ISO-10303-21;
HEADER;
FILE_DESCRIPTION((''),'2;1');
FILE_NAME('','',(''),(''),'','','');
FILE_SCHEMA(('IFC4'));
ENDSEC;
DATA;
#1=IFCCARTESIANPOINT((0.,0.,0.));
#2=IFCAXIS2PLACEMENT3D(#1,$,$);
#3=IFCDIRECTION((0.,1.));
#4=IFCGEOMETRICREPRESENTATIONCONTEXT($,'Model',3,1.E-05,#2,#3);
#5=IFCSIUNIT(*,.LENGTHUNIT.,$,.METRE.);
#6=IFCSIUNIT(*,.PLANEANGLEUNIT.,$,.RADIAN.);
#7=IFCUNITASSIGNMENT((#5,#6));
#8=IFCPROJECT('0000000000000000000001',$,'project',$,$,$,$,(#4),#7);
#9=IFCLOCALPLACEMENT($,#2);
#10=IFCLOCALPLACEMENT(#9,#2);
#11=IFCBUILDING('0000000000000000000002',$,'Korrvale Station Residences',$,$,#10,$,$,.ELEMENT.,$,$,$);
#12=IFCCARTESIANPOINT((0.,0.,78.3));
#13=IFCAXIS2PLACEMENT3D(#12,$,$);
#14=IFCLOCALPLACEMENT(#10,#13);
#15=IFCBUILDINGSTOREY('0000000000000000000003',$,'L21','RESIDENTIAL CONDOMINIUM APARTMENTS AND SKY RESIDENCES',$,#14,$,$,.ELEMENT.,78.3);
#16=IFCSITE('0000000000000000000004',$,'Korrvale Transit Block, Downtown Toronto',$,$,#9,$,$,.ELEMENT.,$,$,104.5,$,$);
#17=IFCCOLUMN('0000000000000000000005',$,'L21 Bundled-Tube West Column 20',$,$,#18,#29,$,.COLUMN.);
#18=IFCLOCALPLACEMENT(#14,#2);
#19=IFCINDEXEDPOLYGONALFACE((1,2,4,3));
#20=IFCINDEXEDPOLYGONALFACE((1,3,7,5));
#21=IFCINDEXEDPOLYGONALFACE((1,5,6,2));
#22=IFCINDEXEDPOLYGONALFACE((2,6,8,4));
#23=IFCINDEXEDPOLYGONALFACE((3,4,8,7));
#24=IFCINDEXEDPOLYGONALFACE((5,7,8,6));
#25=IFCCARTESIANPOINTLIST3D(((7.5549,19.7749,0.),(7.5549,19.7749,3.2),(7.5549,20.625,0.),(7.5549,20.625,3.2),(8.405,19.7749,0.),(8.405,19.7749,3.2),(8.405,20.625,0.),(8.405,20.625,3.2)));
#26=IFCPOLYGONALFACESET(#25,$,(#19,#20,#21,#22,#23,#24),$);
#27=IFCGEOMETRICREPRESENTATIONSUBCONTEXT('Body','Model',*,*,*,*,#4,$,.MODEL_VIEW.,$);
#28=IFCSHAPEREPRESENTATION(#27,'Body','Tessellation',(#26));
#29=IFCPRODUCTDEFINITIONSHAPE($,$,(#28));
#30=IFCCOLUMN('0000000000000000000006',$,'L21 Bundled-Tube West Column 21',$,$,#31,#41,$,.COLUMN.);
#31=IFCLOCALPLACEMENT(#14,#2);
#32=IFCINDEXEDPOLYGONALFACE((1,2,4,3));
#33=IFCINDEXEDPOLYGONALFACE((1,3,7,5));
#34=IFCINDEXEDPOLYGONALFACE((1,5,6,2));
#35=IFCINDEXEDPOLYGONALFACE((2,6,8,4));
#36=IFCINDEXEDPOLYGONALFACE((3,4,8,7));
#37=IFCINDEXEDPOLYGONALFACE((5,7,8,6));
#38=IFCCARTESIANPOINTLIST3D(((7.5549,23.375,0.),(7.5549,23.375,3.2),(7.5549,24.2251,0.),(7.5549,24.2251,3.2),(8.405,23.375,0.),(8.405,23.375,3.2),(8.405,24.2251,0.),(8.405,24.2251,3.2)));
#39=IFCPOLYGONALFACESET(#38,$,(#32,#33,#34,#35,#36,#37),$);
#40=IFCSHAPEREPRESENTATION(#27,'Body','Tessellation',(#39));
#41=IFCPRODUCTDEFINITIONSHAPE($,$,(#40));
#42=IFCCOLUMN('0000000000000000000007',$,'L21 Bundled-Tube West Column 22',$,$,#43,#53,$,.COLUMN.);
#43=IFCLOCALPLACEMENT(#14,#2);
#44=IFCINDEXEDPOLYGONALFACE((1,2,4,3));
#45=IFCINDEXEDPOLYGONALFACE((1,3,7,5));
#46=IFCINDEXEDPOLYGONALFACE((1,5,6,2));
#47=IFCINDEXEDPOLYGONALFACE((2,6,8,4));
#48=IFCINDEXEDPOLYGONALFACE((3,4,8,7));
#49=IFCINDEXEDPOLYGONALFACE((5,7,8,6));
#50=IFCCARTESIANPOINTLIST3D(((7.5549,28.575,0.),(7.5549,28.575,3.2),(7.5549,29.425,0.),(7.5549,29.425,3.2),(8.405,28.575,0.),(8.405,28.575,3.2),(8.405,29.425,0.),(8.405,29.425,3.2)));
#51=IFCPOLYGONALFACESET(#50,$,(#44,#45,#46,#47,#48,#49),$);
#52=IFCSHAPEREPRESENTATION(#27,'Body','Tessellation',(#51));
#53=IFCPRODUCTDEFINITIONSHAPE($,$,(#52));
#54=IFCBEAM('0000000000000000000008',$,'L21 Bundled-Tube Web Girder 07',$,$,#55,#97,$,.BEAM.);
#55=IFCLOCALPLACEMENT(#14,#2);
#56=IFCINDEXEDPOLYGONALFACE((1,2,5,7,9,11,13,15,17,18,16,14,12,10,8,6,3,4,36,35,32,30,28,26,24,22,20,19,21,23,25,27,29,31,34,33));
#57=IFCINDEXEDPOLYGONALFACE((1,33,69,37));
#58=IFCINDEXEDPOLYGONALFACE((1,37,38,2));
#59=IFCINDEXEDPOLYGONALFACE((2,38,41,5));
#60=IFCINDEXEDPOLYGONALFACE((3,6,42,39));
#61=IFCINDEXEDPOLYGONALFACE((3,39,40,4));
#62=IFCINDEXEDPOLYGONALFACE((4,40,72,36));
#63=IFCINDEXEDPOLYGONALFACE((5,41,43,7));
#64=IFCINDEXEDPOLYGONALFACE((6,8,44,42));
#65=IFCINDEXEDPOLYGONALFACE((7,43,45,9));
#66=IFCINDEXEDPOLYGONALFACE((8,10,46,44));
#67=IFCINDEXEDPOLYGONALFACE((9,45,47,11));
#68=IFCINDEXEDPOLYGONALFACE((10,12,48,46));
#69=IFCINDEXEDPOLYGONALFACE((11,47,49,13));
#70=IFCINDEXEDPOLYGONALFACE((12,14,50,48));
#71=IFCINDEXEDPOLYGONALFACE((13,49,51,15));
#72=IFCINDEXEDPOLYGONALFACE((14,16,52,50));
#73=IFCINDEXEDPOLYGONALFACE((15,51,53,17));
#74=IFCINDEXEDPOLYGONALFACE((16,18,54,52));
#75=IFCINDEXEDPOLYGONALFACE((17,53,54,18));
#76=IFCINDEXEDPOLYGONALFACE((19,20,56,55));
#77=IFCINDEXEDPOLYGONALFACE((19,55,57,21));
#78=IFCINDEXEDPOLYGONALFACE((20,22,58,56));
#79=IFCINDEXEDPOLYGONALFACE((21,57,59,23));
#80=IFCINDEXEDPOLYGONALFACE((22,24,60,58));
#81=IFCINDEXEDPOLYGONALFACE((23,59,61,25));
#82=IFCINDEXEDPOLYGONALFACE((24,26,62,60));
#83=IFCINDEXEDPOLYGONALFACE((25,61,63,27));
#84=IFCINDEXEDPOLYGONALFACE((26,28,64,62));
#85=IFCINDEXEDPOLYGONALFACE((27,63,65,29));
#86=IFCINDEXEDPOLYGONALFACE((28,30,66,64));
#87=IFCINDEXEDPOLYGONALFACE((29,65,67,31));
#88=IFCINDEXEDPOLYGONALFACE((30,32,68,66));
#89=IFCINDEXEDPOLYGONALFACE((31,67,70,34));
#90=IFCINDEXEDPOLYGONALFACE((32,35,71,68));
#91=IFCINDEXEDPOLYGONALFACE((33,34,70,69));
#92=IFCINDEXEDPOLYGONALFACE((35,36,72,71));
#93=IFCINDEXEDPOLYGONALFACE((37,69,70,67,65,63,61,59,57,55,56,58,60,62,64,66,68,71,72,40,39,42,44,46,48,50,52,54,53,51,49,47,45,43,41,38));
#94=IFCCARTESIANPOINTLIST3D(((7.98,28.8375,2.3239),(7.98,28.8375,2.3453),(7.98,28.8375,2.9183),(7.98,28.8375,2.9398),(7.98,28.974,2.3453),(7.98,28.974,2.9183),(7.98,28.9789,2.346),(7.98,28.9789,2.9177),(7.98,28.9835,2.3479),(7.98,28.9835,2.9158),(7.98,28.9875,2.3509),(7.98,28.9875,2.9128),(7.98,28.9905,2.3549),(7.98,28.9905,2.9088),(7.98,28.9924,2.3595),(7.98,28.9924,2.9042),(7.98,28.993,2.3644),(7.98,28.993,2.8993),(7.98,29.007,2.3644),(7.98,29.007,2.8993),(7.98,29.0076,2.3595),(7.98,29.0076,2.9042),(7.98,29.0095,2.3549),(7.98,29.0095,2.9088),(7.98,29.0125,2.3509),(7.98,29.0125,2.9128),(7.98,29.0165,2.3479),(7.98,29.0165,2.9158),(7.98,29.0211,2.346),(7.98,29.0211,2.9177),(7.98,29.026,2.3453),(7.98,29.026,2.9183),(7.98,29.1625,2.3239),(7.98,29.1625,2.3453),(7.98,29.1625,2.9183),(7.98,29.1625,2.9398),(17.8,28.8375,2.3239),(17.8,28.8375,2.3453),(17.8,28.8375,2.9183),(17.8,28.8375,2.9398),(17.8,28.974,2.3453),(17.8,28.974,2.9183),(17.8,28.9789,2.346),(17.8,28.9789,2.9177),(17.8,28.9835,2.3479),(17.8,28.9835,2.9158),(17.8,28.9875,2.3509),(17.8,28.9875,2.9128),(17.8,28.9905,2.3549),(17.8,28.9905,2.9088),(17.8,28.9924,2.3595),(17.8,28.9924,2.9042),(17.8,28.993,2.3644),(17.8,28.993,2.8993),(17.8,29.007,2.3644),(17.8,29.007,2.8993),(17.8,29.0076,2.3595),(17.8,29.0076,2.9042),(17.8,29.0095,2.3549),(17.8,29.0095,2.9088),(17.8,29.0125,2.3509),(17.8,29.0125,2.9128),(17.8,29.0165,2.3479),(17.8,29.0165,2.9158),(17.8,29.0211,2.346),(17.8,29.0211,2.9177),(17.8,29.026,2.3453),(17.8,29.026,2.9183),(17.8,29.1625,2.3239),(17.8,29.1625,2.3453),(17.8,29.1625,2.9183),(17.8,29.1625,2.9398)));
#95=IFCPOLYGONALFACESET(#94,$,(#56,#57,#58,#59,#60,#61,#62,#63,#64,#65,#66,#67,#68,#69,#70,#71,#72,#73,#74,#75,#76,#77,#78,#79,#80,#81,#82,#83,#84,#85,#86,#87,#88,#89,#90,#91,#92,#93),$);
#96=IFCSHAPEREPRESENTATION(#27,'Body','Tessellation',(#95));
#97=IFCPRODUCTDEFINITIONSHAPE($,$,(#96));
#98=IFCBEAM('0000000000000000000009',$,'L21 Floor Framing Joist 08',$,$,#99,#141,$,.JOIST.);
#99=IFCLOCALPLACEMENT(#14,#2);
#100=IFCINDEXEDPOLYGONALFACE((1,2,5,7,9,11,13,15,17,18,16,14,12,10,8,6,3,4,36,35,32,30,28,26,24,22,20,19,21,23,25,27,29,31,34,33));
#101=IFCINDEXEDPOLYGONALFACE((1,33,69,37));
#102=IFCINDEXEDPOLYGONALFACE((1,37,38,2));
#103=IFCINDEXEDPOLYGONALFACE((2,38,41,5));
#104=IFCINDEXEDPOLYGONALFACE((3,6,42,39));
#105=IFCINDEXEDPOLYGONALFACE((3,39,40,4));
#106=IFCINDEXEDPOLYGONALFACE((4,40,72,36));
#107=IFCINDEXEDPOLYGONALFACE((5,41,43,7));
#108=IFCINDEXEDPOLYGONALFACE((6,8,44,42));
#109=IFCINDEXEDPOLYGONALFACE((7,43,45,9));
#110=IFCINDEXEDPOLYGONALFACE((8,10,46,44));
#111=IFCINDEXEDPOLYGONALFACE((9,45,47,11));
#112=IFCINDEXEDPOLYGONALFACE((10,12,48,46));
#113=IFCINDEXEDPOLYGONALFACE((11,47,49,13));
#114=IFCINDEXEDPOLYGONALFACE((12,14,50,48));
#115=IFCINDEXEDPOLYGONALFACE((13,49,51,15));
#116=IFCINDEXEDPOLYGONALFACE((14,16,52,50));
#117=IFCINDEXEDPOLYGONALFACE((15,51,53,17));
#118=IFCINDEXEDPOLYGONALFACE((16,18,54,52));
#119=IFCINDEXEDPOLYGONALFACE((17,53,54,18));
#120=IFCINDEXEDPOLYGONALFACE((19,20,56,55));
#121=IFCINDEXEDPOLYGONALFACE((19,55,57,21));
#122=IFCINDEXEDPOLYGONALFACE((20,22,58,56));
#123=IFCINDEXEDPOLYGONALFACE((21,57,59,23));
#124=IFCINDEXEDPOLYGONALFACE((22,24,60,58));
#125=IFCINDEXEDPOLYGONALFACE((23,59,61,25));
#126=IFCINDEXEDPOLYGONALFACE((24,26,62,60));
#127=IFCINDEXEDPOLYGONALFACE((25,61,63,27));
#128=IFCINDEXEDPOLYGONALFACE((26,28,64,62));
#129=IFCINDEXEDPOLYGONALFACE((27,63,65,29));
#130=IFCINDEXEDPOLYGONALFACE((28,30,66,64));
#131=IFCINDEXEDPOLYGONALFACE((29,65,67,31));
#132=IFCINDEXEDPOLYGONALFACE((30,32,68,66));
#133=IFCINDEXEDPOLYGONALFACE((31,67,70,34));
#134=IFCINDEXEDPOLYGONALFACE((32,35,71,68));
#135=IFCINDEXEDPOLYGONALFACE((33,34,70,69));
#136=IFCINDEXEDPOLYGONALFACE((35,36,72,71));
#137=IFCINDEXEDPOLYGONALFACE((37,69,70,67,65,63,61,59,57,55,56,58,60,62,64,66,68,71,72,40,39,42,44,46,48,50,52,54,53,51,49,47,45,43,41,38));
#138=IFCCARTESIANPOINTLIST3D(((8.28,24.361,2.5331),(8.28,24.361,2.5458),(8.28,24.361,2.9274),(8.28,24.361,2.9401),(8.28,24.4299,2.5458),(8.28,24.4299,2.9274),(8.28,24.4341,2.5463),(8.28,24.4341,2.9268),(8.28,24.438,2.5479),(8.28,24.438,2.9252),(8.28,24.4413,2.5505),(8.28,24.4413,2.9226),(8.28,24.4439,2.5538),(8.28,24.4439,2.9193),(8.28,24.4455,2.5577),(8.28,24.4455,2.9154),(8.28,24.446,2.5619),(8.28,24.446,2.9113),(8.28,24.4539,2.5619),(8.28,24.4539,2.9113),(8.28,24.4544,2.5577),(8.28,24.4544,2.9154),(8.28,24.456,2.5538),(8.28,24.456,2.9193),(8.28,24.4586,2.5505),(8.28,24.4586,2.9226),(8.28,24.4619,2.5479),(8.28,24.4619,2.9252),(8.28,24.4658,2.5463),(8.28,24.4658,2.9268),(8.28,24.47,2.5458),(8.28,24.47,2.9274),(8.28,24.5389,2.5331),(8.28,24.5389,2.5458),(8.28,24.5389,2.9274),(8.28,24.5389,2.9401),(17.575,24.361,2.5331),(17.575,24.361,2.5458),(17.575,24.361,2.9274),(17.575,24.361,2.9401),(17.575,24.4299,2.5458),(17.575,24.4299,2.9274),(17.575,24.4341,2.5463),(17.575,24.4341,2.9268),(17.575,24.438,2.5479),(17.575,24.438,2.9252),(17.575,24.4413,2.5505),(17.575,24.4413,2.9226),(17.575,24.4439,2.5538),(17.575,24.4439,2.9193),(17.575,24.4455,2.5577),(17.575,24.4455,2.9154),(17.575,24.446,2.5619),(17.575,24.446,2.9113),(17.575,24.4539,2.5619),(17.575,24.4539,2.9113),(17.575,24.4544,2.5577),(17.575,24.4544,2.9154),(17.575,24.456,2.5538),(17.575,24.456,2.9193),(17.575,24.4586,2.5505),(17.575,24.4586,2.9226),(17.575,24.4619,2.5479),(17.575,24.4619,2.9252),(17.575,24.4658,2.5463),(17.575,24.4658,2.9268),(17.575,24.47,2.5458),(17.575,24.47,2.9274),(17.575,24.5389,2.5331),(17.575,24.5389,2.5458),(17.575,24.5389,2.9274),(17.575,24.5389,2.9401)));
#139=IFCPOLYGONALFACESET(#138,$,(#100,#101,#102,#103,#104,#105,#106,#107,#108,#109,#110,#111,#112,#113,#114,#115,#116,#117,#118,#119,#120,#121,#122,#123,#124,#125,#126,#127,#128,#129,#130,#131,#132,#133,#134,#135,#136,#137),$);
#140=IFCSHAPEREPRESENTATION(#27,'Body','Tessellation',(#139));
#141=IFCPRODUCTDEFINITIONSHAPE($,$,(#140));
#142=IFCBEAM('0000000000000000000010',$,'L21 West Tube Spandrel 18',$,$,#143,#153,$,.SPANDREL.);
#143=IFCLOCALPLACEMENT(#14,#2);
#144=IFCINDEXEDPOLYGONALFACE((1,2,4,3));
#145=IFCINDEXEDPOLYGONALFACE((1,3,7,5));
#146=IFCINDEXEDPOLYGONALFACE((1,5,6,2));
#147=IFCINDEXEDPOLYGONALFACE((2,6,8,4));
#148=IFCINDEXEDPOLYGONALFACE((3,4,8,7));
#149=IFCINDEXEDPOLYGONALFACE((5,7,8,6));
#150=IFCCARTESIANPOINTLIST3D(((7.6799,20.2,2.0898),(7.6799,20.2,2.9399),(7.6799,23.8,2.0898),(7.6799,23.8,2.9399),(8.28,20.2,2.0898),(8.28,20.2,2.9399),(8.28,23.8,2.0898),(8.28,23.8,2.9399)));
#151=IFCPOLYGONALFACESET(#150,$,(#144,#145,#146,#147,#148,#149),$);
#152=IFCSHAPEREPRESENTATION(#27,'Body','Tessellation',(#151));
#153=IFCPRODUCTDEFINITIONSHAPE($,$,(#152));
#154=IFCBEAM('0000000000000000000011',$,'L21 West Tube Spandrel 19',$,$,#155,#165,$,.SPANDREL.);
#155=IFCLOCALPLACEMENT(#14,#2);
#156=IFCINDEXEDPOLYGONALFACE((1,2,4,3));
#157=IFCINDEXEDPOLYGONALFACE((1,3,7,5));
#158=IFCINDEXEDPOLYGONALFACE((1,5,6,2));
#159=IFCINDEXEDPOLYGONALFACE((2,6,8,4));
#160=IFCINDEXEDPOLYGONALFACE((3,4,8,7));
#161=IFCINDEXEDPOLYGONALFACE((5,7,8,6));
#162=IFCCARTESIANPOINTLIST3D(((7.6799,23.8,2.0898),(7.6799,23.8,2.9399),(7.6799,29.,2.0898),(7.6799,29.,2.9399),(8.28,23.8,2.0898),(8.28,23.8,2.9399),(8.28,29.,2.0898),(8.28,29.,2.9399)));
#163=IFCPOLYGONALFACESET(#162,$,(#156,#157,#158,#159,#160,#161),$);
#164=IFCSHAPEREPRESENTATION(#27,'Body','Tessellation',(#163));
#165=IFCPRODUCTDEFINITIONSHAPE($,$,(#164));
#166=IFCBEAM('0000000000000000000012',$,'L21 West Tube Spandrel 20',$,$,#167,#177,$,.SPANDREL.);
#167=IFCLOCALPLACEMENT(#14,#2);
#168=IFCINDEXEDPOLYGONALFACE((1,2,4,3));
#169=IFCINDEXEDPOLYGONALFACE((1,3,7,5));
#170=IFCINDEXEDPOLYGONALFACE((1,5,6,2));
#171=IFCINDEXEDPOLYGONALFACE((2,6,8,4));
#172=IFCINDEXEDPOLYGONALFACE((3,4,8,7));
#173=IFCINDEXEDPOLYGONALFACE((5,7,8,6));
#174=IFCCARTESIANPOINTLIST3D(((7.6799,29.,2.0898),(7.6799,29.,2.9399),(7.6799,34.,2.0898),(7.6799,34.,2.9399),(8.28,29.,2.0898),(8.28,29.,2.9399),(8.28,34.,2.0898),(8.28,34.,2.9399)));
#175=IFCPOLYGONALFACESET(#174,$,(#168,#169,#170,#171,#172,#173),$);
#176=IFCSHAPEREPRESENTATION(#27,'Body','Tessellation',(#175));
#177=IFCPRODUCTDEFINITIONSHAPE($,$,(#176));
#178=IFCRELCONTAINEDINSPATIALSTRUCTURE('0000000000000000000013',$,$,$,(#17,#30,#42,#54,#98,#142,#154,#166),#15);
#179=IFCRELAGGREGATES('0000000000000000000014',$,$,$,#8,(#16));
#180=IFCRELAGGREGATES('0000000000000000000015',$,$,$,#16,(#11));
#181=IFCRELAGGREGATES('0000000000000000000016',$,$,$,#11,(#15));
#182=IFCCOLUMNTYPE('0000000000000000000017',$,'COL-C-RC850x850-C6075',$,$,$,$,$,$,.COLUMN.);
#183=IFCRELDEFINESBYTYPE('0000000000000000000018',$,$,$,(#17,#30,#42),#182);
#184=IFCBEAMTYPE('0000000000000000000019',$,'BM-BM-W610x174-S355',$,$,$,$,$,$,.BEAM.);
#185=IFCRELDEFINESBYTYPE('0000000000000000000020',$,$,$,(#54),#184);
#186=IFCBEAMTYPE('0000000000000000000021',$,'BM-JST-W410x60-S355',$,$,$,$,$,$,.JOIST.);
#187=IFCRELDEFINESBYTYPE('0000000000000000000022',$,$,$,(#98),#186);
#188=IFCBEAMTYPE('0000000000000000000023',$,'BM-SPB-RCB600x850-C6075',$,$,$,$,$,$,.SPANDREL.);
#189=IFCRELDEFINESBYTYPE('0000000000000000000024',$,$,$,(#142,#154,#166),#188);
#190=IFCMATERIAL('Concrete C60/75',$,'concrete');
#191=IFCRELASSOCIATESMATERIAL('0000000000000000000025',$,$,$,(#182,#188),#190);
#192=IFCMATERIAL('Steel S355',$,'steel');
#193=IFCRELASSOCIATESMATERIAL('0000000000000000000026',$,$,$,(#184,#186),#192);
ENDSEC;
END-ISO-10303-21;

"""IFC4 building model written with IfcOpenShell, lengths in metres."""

from ifc_helpers import new_model, si_unit, direction, frame, origin, origin_2d, place, context, subcontext, project, spatial, rectangle, i_section, extrude, material, material_profile, profile_set, type_object, element, save


model = new_model("IFC4")

# Units and contexts
model_context = context("Model", 3, precision=1e-05, world=origin(), true_north=direction((0.0, 1.0)))
body_context = subcontext(model_context, "Body", "Model", "MODEL_VIEW")
ifc_project = project(units=[si_unit("LENGTHUNIT", "METRE"), si_unit("PLANEANGLEUNIT", "RADIAN")], contexts=[model_context])

# Site, building, storey
site_placement = place(None, origin())
site = spatial("IfcSite", under=ifc_project, at=site_placement, Name="Korrvale Transit Block, Downtown Toronto", CompositionType="ELEMENT", RefElevation=104.5)
building_placement = place(site_placement, origin())
building = spatial("IfcBuilding", under=site, at=building_placement, Name="Korrvale Station Residences", CompositionType="ELEMENT")
storey_placement = place(building_placement, frame((0.0, 0.0, 78.3)))
storey = spatial("IfcBuildingStorey", under=building, at=storey_placement, Name="L21", Description="RESIDENTIAL CONDOMINIUM APARTMENTS AND SKY RESIDENCES", CompositionType="ELEMENT", Elevation=78.3)

# Columns
ifc_material_1 = material(Name="Concrete C60/75", Category="concrete")
ifc_material_profile_1 = material_profile(ifc_material_1, rectangle(XDim=0.8501, YDim=0.8501, at=origin_2d()), Name="RC850x850")
ifc_profile_set_1 = profile_set([ifc_material_profile_1], Name="Concrete C60/75")
column_type = type_object("IfcColumnType", Name="COL-C-RC850x850-C6075", PredefinedType="COLUMN", material=ifc_profile_set_1)
for number, where, z_axis, x_axis, name in (
    (1, (7.98, 20.2, 0.0), (0.0, 0.0, 1.0), (1.0, 0.0, 0.0), "L21 Bundled-Tube West Column 20"),
    (2, (7.98, 23.8, 0.0), (0.0, 0.0, 1.0), (1.0, 0.0, 0.0), "L21 Bundled-Tube West Column 21"),
    (3, (7.98, 29.0, 0.0), (0.0, 0.0, 1.0), (1.0, 0.0, 0.0), "L21 Bundled-Tube West Column 22"),
):
    element("IfcColumn", number, at=place(storey_placement, frame(where, z_axis=z_axis, x_axis=x_axis)), inside=storey, type_object=column_type, Name=name, PredefinedType="COLUMN", context=body_context, shape_type="SweptSolid", body=[
        extrude(rectangle(XDim=0.8501, YDim=0.8501, at=origin_2d()), origin(), (0.0, 0.0, 1.0), 3.2),
    ])

# Beams
ifc_material_2 = material(Name="Steel S355", Category="steel")
ifc_material_profile_2 = material_profile(ifc_material_2, i_section(OverallWidth=0.325, OverallDepth=0.616, WebThickness=0.0139, FlangeThickness=0.0215, FilletRadius=0.019, at=origin_2d()), Name="W610x174")
ifc_profile_set_2 = profile_set([ifc_material_profile_2], Name="Steel S355")
beam_type_1 = type_object("IfcBeamType", Name="BM-BM-W610x174-S355", PredefinedType="BEAM", material=ifc_profile_set_2)
beam_1_placement = place(storey_placement, frame((7.98, 29.0, 2.6318), z_axis=(1.0, 0.0, 0.0), x_axis=(0.0, 1.0, 0.0)))
element("IfcBeam", 4, at=beam_1_placement, inside=storey, type_object=beam_type_1, Name="L21 Bundled-Tube Web Girder 07", PredefinedType="BEAM", context=body_context, shape_type="SweptSolid", body=[
    extrude(i_section(OverallWidth=0.325, OverallDepth=0.616, WebThickness=0.0139, FlangeThickness=0.0215, FilletRadius=0.019, at=origin_2d()), origin(), (0.0, 0.0, 1.0), 9.8201),
])
ifc_material_profile_3 = material_profile(ifc_material_2, i_section(OverallWidth=0.178, OverallDepth=0.407, WebThickness=0.0078, FlangeThickness=0.0127, FilletRadius=0.0161, at=origin_2d()), Name="W410x60")
ifc_profile_set_3 = profile_set([ifc_material_profile_3], Name="Steel S355")
beam_type_2 = type_object("IfcBeamType", Name="BM-JST-W410x60-S355", PredefinedType="JOIST", material=ifc_profile_set_3)
beam_2_placement = place(storey_placement, frame((8.28, 24.45, 2.7366), z_axis=(1.0, 0.0, 0.0), x_axis=(0.0, 1.0, 0.0)))
element("IfcBeam", 5, at=beam_2_placement, inside=storey, type_object=beam_type_2, Name="L21 Floor Framing Joist 08", PredefinedType="JOIST", context=body_context, shape_type="SweptSolid", body=[
    extrude(i_section(OverallWidth=0.178, OverallDepth=0.407, WebThickness=0.0078, FlangeThickness=0.0127, FilletRadius=0.0161, at=origin_2d()), origin(), (0.0, 0.0, 1.0), 9.2949),
])
ifc_material_profile_4 = material_profile(ifc_material_1, rectangle(XDim=0.6001, YDim=0.8501, at=origin_2d()), Name="RCB600x850")
ifc_profile_set_4 = profile_set([ifc_material_profile_4], Name="Concrete C60/75")
beam_type_3 = type_object("IfcBeamType", Name="BM-SPB-RCB600x850-C6075", PredefinedType="SPANDREL", material=ifc_profile_set_4)
beam_3_placement = place(storey_placement, frame((7.98, 20.2, 2.5149), z_axis=(0.0, 1.0, 0.0), x_axis=(-1.0, 0.0, 0.0)))
element("IfcBeam", 6, at=beam_3_placement, inside=storey, type_object=beam_type_3, Name="L21 West Tube Spandrel 18", PredefinedType="SPANDREL", context=body_context, shape_type="SweptSolid", body=[
    extrude(rectangle(XDim=0.6001, YDim=0.8501, at=origin_2d()), origin(), (0.0, 0.0, 1.0), 3.6001),
])
beam_4_placement = place(storey_placement, frame((7.98, 23.8, 2.5149), z_axis=(0.0, 1.0, 0.0), x_axis=(-1.0, 0.0, 0.0)))
element("IfcBeam", 7, at=beam_4_placement, inside=storey, type_object=beam_type_3, Name="L21 West Tube Spandrel 19", PredefinedType="SPANDREL", context=body_context, shape_type="SweptSolid", body=[
    extrude(rectangle(XDim=0.6001, YDim=0.8501, at=origin_2d()), origin(), (0.0, 0.0, 1.0), 5.2),
])
beam_5_placement = place(storey_placement, frame((7.98, 29.0, 2.5149), z_axis=(0.0, 1.0, 0.0), x_axis=(-1.0, 0.0, 0.0)))
element("IfcBeam", 8, at=beam_5_placement, inside=storey, type_object=beam_type_3, Name="L21 West Tube Spandrel 20", PredefinedType="SPANDREL", context=body_context, shape_type="SweptSolid", body=[
    extrude(rectangle(XDim=0.6001, YDim=0.8501, at=origin_2d()), origin(), (0.0, 0.0, 1.0), 5.0),
])

save(model, "model.ifc")
